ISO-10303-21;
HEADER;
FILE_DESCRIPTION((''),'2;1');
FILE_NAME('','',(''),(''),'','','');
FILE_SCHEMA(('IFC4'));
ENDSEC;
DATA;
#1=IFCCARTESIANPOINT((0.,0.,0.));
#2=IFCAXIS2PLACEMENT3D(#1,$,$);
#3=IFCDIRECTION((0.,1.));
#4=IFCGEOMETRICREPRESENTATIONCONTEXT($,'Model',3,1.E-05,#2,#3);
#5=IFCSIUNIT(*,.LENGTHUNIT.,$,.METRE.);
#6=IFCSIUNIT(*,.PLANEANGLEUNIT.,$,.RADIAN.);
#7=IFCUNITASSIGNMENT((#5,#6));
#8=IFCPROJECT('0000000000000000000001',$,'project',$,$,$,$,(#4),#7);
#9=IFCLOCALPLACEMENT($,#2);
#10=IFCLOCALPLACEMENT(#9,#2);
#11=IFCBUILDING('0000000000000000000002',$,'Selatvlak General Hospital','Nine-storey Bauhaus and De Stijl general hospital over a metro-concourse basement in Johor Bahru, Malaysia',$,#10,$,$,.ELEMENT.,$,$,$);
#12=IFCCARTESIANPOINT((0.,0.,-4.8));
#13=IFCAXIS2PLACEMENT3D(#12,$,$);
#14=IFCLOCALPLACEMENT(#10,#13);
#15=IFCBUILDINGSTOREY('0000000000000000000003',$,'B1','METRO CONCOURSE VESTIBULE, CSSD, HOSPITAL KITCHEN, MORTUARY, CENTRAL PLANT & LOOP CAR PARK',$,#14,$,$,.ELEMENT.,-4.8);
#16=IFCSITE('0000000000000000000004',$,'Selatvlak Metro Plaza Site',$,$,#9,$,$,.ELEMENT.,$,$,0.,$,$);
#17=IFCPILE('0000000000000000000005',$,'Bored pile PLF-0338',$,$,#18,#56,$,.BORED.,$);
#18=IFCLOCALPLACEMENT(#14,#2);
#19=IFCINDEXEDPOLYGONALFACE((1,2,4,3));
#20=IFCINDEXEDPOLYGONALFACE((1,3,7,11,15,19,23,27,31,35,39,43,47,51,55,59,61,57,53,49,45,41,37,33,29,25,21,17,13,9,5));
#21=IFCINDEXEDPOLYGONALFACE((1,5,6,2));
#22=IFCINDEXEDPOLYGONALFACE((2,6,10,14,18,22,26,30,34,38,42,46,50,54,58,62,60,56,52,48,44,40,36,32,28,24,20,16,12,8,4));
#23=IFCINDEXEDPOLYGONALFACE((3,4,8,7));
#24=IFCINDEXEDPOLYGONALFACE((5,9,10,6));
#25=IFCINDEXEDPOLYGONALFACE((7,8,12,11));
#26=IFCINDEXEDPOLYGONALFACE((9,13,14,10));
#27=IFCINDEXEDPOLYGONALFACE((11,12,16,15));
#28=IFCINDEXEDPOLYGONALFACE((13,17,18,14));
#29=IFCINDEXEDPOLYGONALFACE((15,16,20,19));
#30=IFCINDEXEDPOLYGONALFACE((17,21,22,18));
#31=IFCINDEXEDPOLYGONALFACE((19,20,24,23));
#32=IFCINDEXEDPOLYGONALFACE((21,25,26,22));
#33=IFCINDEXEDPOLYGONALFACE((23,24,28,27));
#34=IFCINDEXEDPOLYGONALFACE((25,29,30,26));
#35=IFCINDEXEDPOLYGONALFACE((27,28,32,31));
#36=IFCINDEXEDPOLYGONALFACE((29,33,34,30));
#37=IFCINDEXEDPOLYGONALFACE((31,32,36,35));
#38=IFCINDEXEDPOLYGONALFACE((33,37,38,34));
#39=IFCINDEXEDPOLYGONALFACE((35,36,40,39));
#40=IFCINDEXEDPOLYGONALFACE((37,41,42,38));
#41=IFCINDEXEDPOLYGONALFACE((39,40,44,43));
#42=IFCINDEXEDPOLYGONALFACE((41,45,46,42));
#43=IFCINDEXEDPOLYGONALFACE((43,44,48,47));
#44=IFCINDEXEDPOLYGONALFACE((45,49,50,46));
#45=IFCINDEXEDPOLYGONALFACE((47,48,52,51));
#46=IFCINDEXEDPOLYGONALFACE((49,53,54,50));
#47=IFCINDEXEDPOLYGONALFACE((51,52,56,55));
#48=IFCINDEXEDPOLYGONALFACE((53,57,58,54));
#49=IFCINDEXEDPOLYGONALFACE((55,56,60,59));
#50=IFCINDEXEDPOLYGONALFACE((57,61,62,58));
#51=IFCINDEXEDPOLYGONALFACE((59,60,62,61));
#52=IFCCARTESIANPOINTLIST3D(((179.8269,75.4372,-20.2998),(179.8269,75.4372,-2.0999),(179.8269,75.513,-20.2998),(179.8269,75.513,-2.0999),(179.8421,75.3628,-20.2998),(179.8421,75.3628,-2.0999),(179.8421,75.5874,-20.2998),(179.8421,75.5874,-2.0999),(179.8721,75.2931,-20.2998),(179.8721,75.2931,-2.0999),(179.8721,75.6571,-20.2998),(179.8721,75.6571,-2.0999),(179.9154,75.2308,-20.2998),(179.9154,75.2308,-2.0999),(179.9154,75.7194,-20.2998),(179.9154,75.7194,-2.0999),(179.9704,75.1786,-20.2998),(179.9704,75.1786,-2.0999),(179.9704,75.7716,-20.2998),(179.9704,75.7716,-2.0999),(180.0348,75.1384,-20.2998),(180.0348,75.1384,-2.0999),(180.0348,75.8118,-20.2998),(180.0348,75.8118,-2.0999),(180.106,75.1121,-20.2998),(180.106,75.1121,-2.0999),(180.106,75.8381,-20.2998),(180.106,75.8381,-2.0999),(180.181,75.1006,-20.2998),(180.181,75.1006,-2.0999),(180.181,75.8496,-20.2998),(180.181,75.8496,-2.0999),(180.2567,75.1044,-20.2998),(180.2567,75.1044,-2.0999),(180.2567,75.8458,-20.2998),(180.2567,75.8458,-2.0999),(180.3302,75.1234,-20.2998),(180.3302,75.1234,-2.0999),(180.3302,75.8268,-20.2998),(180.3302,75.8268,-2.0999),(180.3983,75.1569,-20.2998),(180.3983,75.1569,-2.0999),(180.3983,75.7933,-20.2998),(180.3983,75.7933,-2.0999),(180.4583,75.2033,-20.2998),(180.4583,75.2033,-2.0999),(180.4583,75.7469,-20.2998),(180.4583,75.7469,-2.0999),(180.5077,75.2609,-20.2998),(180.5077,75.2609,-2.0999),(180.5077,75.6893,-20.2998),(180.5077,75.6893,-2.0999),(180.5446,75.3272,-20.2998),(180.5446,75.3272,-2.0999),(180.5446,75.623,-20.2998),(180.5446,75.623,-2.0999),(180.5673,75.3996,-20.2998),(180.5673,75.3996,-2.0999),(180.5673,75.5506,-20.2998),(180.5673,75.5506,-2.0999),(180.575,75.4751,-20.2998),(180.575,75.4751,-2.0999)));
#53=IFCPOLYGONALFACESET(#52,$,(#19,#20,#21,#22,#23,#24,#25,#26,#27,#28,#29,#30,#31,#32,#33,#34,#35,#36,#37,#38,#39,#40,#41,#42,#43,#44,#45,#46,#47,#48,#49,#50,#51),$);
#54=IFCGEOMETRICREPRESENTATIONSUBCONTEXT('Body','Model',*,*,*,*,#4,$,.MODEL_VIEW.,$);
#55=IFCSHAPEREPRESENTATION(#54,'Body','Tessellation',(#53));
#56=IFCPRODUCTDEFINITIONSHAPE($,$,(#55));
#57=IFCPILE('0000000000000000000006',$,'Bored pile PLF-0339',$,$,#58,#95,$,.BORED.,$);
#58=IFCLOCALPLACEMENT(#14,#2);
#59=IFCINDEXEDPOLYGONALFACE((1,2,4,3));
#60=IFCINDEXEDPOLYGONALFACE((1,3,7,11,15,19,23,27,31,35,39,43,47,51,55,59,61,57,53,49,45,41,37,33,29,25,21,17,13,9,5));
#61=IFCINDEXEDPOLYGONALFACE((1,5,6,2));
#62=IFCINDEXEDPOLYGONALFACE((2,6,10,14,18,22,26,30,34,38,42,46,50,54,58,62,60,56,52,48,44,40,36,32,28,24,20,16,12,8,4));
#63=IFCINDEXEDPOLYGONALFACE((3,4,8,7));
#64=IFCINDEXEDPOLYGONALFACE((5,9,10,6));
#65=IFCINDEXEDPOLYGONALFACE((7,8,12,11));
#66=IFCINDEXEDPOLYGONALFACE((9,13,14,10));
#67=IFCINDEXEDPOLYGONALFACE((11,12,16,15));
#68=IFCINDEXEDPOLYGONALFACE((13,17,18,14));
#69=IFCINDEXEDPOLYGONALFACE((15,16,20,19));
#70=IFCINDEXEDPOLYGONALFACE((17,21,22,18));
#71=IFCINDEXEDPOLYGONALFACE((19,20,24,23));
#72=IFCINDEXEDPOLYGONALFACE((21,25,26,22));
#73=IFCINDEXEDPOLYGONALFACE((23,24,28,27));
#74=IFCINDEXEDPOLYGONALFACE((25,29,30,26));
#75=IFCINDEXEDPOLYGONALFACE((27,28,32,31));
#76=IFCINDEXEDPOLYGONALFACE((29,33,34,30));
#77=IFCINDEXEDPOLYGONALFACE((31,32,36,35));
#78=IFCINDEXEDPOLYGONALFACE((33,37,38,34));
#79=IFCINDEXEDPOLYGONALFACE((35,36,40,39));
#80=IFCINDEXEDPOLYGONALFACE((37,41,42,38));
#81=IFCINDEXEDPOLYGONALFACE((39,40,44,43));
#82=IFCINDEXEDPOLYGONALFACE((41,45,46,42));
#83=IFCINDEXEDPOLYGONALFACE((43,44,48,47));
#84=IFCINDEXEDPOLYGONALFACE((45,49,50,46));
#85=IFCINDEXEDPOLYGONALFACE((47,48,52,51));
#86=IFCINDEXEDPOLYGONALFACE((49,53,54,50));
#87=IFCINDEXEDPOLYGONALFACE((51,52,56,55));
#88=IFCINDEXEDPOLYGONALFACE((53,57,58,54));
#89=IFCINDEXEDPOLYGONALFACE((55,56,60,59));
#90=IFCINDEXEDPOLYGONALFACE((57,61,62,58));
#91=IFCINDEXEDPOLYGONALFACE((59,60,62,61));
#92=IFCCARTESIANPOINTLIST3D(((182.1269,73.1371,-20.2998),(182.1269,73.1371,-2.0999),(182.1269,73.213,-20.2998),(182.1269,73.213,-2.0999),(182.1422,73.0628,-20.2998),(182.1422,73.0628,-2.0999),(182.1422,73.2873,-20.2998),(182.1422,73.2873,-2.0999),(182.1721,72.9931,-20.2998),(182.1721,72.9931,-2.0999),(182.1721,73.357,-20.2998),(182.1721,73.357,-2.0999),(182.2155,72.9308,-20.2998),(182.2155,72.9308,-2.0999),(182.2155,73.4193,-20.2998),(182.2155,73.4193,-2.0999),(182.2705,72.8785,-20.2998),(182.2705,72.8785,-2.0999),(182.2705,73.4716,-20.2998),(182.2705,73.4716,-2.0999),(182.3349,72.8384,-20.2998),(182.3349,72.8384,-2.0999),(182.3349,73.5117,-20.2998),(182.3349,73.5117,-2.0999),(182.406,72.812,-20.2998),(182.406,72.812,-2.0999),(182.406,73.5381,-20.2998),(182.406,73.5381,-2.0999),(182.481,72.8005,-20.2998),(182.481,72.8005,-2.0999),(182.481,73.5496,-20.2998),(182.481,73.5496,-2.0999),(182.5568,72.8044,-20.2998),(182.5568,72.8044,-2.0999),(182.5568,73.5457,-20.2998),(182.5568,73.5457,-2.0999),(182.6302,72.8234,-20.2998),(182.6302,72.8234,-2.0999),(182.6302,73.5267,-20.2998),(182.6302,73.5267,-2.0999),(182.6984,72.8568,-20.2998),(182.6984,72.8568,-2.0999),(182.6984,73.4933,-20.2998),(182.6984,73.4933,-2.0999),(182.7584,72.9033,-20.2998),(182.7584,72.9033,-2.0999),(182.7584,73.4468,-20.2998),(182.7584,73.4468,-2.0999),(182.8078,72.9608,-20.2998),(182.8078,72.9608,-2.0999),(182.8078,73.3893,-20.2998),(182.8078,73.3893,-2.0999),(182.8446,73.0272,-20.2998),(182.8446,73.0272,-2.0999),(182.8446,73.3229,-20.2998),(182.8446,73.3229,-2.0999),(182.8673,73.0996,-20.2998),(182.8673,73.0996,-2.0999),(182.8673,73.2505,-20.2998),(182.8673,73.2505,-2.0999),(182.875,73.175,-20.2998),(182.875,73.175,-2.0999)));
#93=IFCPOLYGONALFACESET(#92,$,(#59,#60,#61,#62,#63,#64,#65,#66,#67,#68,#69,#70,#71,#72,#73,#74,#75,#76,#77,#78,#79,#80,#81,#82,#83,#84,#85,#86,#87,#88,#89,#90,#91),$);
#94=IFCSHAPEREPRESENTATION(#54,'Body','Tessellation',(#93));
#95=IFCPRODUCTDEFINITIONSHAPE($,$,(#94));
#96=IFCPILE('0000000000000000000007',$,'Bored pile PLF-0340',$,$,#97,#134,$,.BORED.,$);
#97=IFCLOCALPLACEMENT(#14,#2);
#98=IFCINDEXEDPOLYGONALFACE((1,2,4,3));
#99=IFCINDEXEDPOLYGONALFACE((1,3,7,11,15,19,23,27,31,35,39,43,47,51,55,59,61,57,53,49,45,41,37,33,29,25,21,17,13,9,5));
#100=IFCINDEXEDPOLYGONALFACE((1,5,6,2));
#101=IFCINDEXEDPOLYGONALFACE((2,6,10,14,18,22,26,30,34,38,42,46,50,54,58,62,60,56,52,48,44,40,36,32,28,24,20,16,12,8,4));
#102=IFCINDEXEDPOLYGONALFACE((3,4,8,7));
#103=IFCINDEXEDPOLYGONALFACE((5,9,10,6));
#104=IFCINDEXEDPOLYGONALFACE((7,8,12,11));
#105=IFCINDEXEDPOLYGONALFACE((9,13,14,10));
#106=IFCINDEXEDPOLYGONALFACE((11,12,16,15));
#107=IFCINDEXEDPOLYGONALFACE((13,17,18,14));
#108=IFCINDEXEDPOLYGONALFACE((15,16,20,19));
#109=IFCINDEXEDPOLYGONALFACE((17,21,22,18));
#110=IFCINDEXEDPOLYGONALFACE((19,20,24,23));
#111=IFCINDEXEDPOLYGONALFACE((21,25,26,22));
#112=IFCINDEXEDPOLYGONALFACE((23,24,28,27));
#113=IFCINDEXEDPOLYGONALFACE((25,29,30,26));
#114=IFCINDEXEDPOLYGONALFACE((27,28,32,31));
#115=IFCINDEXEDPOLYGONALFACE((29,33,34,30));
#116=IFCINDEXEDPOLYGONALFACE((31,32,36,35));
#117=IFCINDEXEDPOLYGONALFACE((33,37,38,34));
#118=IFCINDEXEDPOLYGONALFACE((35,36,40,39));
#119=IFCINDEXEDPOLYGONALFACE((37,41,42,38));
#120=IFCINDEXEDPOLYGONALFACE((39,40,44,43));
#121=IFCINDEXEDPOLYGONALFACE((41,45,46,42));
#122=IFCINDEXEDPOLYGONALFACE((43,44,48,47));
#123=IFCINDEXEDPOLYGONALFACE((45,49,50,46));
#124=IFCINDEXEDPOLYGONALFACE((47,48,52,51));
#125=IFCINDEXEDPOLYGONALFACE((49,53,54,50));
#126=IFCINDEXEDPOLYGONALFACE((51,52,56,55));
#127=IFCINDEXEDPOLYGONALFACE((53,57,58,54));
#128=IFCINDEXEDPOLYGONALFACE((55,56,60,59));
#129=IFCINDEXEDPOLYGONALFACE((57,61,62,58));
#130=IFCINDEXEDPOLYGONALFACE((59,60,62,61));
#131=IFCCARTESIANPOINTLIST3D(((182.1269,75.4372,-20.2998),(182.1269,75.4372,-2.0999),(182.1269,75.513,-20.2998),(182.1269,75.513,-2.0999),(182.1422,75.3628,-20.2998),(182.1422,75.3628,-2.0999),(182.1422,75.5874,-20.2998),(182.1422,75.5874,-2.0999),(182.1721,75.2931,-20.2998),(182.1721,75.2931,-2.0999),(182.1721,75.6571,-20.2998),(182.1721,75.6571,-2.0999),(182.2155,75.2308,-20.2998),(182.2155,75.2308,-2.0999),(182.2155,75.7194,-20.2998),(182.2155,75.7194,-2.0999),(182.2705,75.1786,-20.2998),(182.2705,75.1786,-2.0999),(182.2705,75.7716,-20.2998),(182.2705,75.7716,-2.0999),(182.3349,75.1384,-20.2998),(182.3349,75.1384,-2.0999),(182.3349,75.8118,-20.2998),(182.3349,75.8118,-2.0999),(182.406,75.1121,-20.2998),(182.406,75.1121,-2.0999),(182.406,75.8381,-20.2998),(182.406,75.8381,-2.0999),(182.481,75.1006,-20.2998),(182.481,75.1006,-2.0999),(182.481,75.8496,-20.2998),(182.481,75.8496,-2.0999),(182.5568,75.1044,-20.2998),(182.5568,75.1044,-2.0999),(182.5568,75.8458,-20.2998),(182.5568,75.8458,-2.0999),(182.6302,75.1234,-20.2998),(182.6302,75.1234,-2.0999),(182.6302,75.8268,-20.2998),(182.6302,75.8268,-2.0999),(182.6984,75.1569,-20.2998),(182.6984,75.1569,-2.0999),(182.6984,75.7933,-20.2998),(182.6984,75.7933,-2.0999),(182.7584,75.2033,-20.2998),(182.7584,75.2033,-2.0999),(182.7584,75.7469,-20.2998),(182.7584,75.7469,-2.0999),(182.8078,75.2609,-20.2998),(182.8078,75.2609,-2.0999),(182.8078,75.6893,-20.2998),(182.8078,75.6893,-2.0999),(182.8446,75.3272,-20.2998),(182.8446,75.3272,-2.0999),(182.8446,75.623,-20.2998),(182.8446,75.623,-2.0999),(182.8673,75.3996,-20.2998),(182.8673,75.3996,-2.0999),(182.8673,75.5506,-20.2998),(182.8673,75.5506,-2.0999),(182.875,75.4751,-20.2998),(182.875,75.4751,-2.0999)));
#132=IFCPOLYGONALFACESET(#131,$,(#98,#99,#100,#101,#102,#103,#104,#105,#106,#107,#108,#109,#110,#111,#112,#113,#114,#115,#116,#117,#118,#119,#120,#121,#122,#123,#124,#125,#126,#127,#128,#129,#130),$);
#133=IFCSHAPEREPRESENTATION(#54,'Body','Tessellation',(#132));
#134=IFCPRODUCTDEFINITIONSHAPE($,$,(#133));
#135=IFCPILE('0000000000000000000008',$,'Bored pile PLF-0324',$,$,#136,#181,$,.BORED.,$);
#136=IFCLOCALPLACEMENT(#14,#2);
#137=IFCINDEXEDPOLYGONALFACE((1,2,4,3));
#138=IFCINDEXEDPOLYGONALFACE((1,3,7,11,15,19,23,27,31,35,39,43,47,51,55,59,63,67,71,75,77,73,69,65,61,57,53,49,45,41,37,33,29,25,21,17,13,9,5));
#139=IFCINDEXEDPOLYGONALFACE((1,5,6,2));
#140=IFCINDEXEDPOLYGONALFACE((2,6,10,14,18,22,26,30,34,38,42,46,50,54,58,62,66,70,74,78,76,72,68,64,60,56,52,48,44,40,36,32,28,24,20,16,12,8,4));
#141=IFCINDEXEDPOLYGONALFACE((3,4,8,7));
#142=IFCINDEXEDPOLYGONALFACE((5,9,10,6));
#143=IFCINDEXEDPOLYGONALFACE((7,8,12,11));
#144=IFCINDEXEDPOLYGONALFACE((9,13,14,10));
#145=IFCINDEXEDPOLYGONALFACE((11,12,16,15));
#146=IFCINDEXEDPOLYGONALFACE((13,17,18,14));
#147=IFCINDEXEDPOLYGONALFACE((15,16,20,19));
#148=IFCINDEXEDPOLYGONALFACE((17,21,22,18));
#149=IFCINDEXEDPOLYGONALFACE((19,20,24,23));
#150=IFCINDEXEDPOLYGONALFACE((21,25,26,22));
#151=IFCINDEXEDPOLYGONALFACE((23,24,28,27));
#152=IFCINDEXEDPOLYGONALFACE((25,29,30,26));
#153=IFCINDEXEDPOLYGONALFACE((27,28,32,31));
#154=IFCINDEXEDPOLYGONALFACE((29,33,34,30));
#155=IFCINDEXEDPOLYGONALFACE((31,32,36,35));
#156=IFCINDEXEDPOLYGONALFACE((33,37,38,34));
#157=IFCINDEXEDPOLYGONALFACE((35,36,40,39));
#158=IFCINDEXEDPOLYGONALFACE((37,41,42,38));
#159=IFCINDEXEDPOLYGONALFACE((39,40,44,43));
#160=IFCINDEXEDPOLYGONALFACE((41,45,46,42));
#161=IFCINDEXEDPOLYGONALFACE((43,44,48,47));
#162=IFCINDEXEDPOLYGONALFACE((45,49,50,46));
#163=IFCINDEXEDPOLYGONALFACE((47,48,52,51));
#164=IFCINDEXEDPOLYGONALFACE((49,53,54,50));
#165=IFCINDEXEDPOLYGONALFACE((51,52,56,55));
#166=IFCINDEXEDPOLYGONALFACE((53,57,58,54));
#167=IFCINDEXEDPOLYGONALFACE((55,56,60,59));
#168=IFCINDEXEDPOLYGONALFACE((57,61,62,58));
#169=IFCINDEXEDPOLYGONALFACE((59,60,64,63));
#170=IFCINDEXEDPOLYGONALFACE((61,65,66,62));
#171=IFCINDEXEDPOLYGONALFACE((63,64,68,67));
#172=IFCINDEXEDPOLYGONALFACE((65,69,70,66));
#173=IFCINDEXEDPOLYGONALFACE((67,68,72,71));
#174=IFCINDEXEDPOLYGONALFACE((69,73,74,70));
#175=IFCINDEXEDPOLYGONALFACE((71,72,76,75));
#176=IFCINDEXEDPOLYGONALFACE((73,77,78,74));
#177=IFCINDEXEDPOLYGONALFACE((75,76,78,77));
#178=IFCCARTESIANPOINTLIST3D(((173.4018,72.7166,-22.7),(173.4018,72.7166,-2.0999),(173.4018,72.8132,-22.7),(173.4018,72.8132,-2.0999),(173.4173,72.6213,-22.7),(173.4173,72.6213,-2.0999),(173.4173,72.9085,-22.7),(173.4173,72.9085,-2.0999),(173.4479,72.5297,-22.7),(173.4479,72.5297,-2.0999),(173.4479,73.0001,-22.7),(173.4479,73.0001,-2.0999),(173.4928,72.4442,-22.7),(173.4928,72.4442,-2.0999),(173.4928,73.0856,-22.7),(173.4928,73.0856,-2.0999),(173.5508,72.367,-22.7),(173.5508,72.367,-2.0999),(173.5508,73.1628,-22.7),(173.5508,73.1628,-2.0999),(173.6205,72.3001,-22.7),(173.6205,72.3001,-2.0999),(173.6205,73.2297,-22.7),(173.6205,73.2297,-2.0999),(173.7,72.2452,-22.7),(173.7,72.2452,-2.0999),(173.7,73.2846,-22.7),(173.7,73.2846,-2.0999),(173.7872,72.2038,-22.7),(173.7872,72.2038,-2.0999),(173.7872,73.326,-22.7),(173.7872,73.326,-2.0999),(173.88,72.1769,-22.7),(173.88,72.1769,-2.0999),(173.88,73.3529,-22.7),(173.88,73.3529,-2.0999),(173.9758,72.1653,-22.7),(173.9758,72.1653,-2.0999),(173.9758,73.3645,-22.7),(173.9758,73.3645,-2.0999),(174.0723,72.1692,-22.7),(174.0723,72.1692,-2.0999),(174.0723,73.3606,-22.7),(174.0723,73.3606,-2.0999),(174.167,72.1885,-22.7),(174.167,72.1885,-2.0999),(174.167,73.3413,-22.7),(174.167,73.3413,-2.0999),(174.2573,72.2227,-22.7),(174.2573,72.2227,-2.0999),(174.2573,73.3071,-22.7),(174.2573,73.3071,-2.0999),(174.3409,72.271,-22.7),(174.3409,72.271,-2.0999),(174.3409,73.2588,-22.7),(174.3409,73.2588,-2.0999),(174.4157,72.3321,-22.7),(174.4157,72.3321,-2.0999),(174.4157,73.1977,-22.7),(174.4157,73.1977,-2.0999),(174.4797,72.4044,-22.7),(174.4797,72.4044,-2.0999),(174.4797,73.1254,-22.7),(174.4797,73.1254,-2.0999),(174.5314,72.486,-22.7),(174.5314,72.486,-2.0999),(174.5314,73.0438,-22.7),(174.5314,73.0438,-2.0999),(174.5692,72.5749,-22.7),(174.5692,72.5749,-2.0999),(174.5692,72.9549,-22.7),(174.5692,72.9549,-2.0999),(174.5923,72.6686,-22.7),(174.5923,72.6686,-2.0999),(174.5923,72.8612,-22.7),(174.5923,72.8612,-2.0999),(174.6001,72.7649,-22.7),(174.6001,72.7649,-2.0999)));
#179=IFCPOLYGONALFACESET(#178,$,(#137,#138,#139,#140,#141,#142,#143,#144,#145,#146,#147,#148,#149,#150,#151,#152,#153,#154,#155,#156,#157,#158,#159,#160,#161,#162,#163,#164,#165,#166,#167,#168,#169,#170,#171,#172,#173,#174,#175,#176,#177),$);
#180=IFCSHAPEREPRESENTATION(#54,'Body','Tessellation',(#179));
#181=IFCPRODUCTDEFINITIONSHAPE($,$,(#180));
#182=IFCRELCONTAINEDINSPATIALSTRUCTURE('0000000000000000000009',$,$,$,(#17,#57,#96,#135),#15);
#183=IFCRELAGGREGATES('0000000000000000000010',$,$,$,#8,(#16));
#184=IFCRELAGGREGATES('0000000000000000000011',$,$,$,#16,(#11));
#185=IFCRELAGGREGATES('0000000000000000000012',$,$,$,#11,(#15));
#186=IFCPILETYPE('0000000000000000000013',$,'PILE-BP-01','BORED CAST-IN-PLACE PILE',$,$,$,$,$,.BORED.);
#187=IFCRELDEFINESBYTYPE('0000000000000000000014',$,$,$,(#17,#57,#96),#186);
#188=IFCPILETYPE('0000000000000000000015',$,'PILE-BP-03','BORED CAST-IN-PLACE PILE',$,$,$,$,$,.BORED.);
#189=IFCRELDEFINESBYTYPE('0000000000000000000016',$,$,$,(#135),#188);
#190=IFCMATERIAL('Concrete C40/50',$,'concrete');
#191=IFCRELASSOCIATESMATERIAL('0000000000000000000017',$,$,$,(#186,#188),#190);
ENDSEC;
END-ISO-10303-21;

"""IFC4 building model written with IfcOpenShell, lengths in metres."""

from ifc_helpers import new_model, si_unit, direction, frame, origin, origin_2d, place, context, subcontext, project, spatial, circle, extrude, material, material_profile, profile_set, type_object, element, save


model = new_model("IFC4")

# Units and contexts
model_context = context("Model", 3, precision=1e-05, world=origin(), true_north=direction((0.0, 1.0)))
body_context = subcontext(model_context, "Body", "Model", "MODEL_VIEW")
ifc_project = project(units=[si_unit("LENGTHUNIT", "METRE"), si_unit("PLANEANGLEUNIT", "RADIAN")], contexts=[model_context])

# Site, building, storey
site_placement = place(None, origin())
site = spatial("IfcSite", under=ifc_project, at=site_placement, Name="Selatvlak Metro Plaza Site", CompositionType="ELEMENT", RefElevation=0.0)
building_placement = place(site_placement, origin())
building = spatial("IfcBuilding", under=site, at=building_placement, Name="Selatvlak General Hospital", Description="Nine-storey Bauhaus and De Stijl general hospital over a metro-concourse basement in Johor Bahru, Malaysia", CompositionType="ELEMENT")
storey_placement = place(building_placement, frame((0.0, 0.0, -4.8)))
storey = spatial("IfcBuildingStorey", under=building, at=storey_placement, Name="B1", Description="METRO CONCOURSE VESTIBULE, CSSD, HOSPITAL KITCHEN, MORTUARY, CENTRAL PLANT & LOOP CAR PARK", CompositionType="ELEMENT", Elevation=-4.8)

# Shared definitions
ifc_material_1 = material(Name="Concrete C40/50", Category="concrete")

# Piles
ifc_material_profile_1 = material_profile(ifc_material_1, circle(Radius=0.375, at=origin_2d()), Name="BORED PILE 750")
ifc_profile_set_1 = profile_set([ifc_material_profile_1], Name="Concrete C40/50")
pile_type_1 = type_object("IfcPileType", Name="PILE-BP-01", Description="BORED CAST-IN-PLACE PILE", PredefinedType="BORED", material=ifc_profile_set_1)
for number, where, z_axis, x_axis, name in (
    (1, (180.2, 75.4751, -2.0999), (0.0, 0.0, -1.0), (1.0, 0.0, 0.0), "Bored pile PLF-0338"),
    (2, (182.5, 73.175, -2.0999), (0.0, 0.0, -1.0), (1.0, 0.0, 0.0), "Bored pile PLF-0339"),
    (3, (182.5, 75.4751, -2.0999), (0.0, 0.0, -1.0), (1.0, 0.0, 0.0), "Bored pile PLF-0340"),
):
    element("IfcPile", number, at=place(storey_placement, frame(where, z_axis=z_axis, x_axis=x_axis)), inside=storey, type_object=pile_type_1, Name=name, PredefinedType="BORED", context=body_context, shape_type="SweptSolid", body=[
        extrude(circle(Radius=0.375, at=origin_2d()), origin(), (0.0, 0.0, 1.0), 18.2),
    ])
ifc_material_profile_2 = material_profile(ifc_material_1, circle(Radius=0.6001, at=origin_2d()), Name="BORED PILE 1200")
ifc_profile_set_2 = profile_set([ifc_material_profile_2], Name="Concrete C40/50")
pile_type_2 = type_object("IfcPileType", Name="PILE-BP-03", Description="BORED CAST-IN-PLACE PILE", PredefinedType="BORED", material=ifc_profile_set_2)
for number, where, z_axis, x_axis, name in (
    (4, (174.0, 72.7649, -2.0999), (0.0, 0.0, -1.0), (1.0, 0.0, 0.0), "Bored pile PLF-0324"),
):
    element("IfcPile", number, at=place(storey_placement, frame(where, z_axis=z_axis, x_axis=x_axis)), inside=storey, type_object=pile_type_2, Name=name, PredefinedType="BORED", context=body_context, shape_type="SweptSolid", body=[
        extrude(circle(Radius=0.6001, at=origin_2d()), origin(), (0.0, 0.0, 1.0), 20.6001),
    ])

save(model, "model.ifc")
